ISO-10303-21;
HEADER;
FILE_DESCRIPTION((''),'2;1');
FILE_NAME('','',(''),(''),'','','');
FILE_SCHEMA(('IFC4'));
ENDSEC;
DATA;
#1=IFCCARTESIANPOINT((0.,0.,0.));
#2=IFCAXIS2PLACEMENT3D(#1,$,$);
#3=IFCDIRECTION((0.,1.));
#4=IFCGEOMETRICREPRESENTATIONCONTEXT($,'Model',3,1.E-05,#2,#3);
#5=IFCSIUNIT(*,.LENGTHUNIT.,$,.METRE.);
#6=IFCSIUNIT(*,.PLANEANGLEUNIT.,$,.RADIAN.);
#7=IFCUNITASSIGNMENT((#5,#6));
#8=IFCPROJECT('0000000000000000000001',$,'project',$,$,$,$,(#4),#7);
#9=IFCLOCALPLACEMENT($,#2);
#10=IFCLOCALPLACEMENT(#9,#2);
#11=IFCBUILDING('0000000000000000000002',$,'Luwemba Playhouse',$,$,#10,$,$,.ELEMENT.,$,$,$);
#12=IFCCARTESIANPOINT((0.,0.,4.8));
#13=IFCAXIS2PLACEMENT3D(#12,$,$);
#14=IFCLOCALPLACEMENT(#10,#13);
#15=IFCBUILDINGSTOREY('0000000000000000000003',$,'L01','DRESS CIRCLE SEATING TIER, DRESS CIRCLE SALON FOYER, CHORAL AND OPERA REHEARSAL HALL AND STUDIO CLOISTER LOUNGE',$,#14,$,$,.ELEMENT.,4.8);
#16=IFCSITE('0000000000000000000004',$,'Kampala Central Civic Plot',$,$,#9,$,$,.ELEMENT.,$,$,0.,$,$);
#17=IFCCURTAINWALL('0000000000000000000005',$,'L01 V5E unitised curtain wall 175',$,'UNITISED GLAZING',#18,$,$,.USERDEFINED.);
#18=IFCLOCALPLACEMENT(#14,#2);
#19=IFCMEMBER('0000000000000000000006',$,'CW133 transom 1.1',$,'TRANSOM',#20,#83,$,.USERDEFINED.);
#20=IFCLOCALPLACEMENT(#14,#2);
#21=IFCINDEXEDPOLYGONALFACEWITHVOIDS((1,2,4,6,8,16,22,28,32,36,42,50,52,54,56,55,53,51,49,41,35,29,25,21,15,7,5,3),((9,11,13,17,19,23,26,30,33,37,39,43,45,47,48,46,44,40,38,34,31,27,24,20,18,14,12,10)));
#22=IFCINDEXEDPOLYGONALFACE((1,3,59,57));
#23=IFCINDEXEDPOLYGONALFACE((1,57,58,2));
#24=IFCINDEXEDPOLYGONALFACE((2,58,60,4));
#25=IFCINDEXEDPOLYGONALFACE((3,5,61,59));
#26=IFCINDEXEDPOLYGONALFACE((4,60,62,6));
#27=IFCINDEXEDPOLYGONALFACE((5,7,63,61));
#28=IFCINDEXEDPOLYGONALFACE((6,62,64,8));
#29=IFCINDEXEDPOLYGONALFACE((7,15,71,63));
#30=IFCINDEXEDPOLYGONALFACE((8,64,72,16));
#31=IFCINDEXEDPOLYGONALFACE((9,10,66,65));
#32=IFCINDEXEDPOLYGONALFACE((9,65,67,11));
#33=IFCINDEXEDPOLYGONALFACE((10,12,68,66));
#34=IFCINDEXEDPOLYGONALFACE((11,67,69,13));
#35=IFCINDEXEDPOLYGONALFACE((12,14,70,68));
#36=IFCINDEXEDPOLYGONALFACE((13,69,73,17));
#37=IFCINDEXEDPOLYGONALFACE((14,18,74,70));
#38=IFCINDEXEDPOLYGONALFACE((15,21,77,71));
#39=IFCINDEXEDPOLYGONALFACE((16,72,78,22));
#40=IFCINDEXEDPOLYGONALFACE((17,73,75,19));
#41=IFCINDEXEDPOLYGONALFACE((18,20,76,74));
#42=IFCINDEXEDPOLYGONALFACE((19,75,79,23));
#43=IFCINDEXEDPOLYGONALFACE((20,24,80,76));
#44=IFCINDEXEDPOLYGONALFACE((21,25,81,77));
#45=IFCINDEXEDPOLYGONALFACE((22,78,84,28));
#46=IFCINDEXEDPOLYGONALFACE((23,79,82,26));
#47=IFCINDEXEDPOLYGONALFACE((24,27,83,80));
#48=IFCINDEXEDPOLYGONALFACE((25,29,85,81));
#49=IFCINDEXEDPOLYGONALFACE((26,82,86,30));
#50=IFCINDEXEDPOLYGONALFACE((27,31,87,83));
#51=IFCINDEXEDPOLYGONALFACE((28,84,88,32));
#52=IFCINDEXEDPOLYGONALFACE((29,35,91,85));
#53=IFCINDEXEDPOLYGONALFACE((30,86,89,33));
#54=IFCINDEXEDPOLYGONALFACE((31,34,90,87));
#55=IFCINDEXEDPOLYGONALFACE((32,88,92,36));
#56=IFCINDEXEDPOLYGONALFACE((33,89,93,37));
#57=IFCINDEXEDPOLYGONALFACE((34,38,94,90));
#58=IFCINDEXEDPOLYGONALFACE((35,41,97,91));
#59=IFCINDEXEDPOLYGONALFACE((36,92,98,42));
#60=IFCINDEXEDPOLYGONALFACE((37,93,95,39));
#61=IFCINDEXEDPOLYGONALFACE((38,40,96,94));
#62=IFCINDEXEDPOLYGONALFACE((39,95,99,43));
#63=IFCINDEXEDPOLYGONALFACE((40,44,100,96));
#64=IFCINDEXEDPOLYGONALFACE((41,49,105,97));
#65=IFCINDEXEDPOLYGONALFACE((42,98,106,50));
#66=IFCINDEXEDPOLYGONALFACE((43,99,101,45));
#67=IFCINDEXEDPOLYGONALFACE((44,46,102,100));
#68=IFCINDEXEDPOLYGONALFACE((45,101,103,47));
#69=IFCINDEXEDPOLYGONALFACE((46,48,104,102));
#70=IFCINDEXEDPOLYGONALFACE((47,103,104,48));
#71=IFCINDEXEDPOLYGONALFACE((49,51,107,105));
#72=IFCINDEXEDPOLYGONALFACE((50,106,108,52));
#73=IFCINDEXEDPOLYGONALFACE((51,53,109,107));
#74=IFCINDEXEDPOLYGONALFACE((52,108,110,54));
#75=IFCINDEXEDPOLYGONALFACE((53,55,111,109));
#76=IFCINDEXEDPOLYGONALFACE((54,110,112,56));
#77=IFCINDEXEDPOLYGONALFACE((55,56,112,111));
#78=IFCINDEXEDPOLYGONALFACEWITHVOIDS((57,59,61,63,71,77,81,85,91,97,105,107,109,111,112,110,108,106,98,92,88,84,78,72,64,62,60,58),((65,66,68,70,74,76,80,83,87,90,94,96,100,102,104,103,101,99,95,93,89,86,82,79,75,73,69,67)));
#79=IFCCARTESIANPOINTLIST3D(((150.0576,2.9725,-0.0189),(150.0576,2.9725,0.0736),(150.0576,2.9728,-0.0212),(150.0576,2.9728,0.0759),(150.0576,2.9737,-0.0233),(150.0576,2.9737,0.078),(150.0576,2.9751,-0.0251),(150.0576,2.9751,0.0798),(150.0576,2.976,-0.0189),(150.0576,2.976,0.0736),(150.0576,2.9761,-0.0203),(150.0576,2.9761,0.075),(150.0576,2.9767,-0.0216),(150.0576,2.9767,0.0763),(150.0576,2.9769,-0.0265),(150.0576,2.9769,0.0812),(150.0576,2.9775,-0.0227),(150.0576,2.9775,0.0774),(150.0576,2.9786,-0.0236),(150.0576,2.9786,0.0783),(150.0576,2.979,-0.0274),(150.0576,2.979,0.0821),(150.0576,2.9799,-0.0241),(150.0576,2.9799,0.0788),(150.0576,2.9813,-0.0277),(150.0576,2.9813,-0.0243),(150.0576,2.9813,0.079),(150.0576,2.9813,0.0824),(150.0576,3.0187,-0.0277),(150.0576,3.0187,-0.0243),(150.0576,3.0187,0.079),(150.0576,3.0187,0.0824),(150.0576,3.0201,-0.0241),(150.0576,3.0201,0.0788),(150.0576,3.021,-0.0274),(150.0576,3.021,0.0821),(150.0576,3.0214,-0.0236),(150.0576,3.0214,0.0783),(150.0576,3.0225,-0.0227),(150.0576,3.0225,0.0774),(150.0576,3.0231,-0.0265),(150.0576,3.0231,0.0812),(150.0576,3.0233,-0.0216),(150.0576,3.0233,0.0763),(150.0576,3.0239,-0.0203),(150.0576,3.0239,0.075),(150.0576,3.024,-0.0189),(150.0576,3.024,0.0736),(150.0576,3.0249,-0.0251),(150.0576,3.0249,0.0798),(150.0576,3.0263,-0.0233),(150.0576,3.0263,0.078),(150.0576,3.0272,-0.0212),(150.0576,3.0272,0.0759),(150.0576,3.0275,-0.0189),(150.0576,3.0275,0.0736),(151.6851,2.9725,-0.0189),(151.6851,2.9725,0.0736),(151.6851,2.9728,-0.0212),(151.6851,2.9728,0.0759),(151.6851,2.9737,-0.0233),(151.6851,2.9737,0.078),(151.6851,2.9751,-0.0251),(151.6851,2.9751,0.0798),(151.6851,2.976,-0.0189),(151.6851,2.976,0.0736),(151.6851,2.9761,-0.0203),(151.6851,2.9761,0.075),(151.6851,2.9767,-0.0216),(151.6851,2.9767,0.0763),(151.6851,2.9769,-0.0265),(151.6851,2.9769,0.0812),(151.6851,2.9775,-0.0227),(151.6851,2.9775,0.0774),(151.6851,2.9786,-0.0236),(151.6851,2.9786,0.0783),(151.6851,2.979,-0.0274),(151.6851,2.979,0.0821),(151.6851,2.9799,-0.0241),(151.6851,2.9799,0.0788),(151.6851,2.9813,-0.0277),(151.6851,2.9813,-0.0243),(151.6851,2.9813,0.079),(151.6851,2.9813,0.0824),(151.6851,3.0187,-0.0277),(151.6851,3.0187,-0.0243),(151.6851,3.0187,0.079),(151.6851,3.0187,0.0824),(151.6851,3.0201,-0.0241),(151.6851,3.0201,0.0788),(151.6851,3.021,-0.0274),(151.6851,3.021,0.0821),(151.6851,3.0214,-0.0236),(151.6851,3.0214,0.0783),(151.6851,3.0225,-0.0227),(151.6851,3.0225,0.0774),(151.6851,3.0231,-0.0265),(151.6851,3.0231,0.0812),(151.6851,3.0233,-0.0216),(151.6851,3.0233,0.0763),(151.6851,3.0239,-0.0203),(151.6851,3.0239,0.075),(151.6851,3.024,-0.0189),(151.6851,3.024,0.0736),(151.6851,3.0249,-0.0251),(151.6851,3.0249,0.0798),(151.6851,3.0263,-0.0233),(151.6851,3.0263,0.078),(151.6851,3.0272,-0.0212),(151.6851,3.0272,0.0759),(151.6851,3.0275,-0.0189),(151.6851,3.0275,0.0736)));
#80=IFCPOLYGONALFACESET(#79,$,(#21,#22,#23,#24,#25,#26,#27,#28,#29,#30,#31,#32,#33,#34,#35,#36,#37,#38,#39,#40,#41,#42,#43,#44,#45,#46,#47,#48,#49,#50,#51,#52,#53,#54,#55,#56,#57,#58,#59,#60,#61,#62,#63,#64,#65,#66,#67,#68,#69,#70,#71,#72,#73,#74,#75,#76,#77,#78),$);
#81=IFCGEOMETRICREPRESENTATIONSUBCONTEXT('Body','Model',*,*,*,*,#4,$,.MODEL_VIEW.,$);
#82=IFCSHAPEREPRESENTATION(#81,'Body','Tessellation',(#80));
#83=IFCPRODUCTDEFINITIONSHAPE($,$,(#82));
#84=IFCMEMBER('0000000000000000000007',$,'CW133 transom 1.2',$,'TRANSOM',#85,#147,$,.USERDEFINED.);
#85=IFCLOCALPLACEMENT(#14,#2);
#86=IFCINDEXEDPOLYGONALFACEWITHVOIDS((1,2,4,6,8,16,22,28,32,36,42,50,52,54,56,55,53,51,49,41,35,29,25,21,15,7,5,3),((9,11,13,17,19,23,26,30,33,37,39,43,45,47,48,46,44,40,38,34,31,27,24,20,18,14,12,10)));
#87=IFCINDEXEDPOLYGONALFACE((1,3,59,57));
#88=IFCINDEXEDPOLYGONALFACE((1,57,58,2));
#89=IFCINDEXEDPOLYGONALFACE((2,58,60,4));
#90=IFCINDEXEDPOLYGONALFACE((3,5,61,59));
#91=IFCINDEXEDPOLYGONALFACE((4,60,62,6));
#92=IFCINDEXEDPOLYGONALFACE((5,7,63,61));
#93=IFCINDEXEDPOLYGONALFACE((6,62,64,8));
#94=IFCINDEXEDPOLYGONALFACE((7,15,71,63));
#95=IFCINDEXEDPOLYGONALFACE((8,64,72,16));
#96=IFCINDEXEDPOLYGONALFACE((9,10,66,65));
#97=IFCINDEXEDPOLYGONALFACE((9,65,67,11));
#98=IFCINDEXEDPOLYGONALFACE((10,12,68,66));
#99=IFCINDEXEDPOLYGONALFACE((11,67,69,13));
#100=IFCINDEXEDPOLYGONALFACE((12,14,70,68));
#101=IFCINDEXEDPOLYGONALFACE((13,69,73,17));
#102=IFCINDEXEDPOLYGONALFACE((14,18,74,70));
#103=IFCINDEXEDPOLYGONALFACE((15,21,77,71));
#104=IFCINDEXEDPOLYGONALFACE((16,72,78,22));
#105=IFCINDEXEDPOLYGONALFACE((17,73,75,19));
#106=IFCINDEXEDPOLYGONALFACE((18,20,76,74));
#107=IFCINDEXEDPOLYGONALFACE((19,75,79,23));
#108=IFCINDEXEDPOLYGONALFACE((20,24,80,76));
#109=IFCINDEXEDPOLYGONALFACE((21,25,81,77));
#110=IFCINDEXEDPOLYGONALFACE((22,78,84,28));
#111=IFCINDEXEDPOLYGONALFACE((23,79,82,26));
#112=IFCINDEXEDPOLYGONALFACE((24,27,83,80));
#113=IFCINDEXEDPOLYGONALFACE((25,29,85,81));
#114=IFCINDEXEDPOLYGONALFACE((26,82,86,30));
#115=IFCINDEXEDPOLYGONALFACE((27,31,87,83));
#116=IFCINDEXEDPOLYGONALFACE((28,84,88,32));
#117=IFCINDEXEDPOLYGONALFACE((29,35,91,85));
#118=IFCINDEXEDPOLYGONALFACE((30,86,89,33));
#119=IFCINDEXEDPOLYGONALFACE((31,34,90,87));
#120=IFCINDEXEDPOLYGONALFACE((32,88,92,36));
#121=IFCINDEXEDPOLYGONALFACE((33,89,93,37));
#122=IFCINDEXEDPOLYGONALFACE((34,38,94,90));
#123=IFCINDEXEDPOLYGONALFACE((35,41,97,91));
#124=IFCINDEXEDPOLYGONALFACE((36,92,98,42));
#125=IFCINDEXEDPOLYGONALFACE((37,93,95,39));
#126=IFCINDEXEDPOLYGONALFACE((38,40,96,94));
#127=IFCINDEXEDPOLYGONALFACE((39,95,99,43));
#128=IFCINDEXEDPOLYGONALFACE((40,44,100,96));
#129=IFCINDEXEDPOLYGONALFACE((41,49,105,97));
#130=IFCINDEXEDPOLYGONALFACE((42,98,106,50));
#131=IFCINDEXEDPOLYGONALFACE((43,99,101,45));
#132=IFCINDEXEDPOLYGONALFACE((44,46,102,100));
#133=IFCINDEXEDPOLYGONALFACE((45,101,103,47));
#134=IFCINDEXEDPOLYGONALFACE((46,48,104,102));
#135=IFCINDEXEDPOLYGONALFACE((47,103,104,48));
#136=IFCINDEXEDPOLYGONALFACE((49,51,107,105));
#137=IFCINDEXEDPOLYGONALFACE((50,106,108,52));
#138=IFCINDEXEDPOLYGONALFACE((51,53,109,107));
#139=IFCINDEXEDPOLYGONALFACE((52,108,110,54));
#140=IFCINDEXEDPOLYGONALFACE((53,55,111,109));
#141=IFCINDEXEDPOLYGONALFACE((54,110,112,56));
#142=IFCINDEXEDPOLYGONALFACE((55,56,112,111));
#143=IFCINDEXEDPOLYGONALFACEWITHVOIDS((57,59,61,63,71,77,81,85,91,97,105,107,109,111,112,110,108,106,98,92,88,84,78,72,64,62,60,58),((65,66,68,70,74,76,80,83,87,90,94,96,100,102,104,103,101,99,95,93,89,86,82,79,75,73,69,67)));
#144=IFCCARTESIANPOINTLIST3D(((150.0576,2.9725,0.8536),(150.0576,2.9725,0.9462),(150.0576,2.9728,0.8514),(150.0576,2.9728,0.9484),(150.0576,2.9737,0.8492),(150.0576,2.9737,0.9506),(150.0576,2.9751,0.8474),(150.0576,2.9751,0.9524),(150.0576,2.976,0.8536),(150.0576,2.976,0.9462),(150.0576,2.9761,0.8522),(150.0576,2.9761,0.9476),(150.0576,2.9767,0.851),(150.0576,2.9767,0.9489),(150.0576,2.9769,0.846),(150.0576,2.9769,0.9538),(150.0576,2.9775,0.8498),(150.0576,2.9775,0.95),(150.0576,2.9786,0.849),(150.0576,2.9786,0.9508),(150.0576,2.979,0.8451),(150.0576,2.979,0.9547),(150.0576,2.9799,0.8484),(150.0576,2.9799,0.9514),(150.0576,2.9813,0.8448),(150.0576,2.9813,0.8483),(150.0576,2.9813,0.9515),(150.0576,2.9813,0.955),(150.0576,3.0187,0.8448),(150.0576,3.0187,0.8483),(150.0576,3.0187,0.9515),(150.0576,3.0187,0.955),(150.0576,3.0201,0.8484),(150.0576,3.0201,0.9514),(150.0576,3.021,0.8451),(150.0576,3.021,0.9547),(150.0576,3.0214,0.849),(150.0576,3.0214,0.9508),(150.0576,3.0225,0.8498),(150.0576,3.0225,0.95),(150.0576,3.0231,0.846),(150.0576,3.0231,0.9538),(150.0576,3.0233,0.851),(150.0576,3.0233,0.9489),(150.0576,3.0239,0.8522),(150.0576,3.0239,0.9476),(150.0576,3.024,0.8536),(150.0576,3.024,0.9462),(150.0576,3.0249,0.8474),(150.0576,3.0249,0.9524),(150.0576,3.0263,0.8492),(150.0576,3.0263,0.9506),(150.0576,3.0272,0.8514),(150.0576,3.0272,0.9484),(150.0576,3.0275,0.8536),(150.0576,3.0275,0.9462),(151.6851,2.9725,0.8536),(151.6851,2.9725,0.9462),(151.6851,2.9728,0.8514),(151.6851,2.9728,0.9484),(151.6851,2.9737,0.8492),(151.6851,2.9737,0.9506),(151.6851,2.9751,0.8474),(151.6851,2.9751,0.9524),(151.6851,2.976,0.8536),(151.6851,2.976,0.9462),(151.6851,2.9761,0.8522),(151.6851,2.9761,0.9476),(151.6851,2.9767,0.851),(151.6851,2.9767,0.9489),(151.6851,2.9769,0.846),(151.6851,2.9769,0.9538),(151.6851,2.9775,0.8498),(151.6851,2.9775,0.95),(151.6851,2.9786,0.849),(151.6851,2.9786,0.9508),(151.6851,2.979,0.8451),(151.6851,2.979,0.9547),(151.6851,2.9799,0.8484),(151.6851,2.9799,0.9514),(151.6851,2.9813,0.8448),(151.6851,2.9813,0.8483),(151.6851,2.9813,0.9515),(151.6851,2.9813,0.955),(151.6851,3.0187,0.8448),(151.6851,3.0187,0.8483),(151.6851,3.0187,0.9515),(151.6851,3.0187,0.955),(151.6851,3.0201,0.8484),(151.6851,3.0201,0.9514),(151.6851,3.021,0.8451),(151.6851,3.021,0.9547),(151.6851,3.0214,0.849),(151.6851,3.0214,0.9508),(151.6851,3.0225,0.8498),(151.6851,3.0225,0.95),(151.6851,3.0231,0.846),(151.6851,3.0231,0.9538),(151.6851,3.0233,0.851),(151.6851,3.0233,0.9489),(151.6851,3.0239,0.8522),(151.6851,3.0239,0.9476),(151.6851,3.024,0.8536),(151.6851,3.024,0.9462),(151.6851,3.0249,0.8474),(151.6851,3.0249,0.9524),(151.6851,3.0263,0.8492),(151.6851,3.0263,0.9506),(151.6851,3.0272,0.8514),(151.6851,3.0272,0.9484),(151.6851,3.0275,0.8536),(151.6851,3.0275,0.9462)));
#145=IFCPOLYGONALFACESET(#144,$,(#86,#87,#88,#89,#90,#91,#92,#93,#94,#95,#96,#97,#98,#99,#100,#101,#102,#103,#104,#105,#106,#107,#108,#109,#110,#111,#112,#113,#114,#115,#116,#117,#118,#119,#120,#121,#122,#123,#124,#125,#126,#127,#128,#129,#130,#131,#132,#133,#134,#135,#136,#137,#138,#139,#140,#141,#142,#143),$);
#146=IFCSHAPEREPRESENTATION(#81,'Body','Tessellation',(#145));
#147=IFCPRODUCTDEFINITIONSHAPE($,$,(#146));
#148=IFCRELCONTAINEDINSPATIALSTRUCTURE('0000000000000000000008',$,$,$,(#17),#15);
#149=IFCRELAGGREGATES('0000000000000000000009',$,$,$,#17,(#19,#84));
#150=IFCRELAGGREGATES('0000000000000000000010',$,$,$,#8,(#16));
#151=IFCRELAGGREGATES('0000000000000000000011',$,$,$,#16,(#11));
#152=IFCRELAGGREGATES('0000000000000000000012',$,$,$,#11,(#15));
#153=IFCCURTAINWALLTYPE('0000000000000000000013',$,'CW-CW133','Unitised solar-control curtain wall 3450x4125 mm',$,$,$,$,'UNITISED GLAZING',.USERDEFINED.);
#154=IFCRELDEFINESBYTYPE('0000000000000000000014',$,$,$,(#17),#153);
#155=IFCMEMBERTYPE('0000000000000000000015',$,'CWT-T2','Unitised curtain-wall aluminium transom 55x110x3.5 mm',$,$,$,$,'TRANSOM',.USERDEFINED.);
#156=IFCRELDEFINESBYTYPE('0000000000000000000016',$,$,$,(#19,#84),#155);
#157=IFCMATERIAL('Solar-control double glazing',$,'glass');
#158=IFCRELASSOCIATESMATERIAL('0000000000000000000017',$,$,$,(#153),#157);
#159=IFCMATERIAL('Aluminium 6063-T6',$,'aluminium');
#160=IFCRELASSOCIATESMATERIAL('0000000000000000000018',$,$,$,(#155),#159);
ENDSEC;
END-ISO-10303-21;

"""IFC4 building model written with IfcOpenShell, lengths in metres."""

from ifc_helpers import new_model, si_unit, direction, frame, origin, origin_2d, place, context, subcontext, project, spatial, hollow_rectangle, extrude, material, material_profile, profile_set, type_object, element, aggregate, save


model = new_model("IFC4")

# Units and contexts
model_context = context("Model", 3, precision=1e-05, world=origin(), true_north=direction((0.0, 1.0)))
body_context = subcontext(model_context, "Body", "Model", "MODEL_VIEW")
ifc_project = project(units=[si_unit("LENGTHUNIT", "METRE"), si_unit("PLANEANGLEUNIT", "RADIAN")], contexts=[model_context])

# Site, building, storey
site_placement = place(None, origin())
site = spatial("IfcSite", under=ifc_project, at=site_placement, Name="Kampala Central Civic Plot", CompositionType="ELEMENT", RefElevation=0.0)
building_placement = place(site_placement, origin())
building = spatial("IfcBuilding", under=site, at=building_placement, Name="Luwemba Playhouse", CompositionType="ELEMENT")
storey_placement = place(building_placement, frame((0.0, 0.0, 4.8)))
storey = spatial("IfcBuildingStorey", under=building, at=storey_placement, Name="L01", Description="DRESS CIRCLE SEATING TIER, DRESS CIRCLE SALON FOYER, CHORAL AND OPERA REHEARSAL HALL AND STUDIO CLOISTER LOUNGE", CompositionType="ELEMENT", Elevation=4.8)

# Curtain wall
ifc_material_1 = material(Name="Solar-control double glazing", Category="glass")
ifc_material_2 = material(Name="Aluminium 6063-T6", Category="aluminium")
curtain_wall_type_1 = type_object("IfcCurtainWallType", Name="CW-CW133", Description="Unitised solar-control curtain wall 3450x4125 mm", ElementType="UNITISED GLAZING", PredefinedType="USERDEFINED", material=ifc_material_1)
curtain_wall_1_placement = place(storey_placement, origin())
curtain_wall_1 = element("IfcCurtainWall", 1, at=curtain_wall_1_placement, inside=storey, type_object=curtain_wall_type_1, Name="L01 V5E unitised curtain wall 175", ObjectType="UNITISED GLAZING", PredefinedType="USERDEFINED")

# Members
ifc_material_profile_1 = material_profile(ifc_material_2, hollow_rectangle(XDim=0.0549, YDim=0.1101, WallThickness=0.0034, InnerFilletRadius=0.0054, OuterFilletRadius=0.0088, at=origin_2d()))
ifc_profile_set_1 = profile_set([ifc_material_profile_1], Name="Aluminium 6063-T6")
member_type_1 = type_object("IfcMemberType", Name="CWT-T2", Description="Unitised curtain-wall aluminium transom 55x110x3.5 mm", ElementType="TRANSOM", PredefinedType="USERDEFINED", material=ifc_profile_set_1)
member_1_placement = place(storey_placement, frame((151.6851, 3.0, 0.0273), z_axis=(-1.0, 0.0, 0.0), x_axis=(0.0, -1.0, 0.0)))
member_1 = element("IfcMember", 2, at=member_1_placement, type_object=member_type_1, Name="CW133 transom 1.1", ObjectType="TRANSOM", PredefinedType="USERDEFINED", context=body_context, shape_type="SweptSolid", body=[
    extrude(hollow_rectangle(XDim=0.0549, YDim=0.1101, WallThickness=0.0034, InnerFilletRadius=0.0054, OuterFilletRadius=0.0088, at=origin_2d()), origin(), (0.0, 0.0, 1.0), 1.6274),
])
member_2_placement = place(storey_placement, frame((151.6851, 3.0, 0.8999), z_axis=(-1.0, 0.0, 0.0), x_axis=(0.0, -1.0, 0.0)))
member_2 = element("IfcMember", 3, at=member_2_placement, type_object=member_type_1, Name="CW133 transom 1.2", ObjectType="TRANSOM", PredefinedType="USERDEFINED", context=body_context, shape_type="SweptSolid", body=[
    extrude(hollow_rectangle(XDim=0.0549, YDim=0.1101, WallThickness=0.0034, InnerFilletRadius=0.0054, OuterFilletRadius=0.0088, at=origin_2d()), origin(), (0.0, 0.0, 1.0), 1.6274),
])

aggregate(curtain_wall_1, [member_1, member_2])

save(model, "model.ifc")
